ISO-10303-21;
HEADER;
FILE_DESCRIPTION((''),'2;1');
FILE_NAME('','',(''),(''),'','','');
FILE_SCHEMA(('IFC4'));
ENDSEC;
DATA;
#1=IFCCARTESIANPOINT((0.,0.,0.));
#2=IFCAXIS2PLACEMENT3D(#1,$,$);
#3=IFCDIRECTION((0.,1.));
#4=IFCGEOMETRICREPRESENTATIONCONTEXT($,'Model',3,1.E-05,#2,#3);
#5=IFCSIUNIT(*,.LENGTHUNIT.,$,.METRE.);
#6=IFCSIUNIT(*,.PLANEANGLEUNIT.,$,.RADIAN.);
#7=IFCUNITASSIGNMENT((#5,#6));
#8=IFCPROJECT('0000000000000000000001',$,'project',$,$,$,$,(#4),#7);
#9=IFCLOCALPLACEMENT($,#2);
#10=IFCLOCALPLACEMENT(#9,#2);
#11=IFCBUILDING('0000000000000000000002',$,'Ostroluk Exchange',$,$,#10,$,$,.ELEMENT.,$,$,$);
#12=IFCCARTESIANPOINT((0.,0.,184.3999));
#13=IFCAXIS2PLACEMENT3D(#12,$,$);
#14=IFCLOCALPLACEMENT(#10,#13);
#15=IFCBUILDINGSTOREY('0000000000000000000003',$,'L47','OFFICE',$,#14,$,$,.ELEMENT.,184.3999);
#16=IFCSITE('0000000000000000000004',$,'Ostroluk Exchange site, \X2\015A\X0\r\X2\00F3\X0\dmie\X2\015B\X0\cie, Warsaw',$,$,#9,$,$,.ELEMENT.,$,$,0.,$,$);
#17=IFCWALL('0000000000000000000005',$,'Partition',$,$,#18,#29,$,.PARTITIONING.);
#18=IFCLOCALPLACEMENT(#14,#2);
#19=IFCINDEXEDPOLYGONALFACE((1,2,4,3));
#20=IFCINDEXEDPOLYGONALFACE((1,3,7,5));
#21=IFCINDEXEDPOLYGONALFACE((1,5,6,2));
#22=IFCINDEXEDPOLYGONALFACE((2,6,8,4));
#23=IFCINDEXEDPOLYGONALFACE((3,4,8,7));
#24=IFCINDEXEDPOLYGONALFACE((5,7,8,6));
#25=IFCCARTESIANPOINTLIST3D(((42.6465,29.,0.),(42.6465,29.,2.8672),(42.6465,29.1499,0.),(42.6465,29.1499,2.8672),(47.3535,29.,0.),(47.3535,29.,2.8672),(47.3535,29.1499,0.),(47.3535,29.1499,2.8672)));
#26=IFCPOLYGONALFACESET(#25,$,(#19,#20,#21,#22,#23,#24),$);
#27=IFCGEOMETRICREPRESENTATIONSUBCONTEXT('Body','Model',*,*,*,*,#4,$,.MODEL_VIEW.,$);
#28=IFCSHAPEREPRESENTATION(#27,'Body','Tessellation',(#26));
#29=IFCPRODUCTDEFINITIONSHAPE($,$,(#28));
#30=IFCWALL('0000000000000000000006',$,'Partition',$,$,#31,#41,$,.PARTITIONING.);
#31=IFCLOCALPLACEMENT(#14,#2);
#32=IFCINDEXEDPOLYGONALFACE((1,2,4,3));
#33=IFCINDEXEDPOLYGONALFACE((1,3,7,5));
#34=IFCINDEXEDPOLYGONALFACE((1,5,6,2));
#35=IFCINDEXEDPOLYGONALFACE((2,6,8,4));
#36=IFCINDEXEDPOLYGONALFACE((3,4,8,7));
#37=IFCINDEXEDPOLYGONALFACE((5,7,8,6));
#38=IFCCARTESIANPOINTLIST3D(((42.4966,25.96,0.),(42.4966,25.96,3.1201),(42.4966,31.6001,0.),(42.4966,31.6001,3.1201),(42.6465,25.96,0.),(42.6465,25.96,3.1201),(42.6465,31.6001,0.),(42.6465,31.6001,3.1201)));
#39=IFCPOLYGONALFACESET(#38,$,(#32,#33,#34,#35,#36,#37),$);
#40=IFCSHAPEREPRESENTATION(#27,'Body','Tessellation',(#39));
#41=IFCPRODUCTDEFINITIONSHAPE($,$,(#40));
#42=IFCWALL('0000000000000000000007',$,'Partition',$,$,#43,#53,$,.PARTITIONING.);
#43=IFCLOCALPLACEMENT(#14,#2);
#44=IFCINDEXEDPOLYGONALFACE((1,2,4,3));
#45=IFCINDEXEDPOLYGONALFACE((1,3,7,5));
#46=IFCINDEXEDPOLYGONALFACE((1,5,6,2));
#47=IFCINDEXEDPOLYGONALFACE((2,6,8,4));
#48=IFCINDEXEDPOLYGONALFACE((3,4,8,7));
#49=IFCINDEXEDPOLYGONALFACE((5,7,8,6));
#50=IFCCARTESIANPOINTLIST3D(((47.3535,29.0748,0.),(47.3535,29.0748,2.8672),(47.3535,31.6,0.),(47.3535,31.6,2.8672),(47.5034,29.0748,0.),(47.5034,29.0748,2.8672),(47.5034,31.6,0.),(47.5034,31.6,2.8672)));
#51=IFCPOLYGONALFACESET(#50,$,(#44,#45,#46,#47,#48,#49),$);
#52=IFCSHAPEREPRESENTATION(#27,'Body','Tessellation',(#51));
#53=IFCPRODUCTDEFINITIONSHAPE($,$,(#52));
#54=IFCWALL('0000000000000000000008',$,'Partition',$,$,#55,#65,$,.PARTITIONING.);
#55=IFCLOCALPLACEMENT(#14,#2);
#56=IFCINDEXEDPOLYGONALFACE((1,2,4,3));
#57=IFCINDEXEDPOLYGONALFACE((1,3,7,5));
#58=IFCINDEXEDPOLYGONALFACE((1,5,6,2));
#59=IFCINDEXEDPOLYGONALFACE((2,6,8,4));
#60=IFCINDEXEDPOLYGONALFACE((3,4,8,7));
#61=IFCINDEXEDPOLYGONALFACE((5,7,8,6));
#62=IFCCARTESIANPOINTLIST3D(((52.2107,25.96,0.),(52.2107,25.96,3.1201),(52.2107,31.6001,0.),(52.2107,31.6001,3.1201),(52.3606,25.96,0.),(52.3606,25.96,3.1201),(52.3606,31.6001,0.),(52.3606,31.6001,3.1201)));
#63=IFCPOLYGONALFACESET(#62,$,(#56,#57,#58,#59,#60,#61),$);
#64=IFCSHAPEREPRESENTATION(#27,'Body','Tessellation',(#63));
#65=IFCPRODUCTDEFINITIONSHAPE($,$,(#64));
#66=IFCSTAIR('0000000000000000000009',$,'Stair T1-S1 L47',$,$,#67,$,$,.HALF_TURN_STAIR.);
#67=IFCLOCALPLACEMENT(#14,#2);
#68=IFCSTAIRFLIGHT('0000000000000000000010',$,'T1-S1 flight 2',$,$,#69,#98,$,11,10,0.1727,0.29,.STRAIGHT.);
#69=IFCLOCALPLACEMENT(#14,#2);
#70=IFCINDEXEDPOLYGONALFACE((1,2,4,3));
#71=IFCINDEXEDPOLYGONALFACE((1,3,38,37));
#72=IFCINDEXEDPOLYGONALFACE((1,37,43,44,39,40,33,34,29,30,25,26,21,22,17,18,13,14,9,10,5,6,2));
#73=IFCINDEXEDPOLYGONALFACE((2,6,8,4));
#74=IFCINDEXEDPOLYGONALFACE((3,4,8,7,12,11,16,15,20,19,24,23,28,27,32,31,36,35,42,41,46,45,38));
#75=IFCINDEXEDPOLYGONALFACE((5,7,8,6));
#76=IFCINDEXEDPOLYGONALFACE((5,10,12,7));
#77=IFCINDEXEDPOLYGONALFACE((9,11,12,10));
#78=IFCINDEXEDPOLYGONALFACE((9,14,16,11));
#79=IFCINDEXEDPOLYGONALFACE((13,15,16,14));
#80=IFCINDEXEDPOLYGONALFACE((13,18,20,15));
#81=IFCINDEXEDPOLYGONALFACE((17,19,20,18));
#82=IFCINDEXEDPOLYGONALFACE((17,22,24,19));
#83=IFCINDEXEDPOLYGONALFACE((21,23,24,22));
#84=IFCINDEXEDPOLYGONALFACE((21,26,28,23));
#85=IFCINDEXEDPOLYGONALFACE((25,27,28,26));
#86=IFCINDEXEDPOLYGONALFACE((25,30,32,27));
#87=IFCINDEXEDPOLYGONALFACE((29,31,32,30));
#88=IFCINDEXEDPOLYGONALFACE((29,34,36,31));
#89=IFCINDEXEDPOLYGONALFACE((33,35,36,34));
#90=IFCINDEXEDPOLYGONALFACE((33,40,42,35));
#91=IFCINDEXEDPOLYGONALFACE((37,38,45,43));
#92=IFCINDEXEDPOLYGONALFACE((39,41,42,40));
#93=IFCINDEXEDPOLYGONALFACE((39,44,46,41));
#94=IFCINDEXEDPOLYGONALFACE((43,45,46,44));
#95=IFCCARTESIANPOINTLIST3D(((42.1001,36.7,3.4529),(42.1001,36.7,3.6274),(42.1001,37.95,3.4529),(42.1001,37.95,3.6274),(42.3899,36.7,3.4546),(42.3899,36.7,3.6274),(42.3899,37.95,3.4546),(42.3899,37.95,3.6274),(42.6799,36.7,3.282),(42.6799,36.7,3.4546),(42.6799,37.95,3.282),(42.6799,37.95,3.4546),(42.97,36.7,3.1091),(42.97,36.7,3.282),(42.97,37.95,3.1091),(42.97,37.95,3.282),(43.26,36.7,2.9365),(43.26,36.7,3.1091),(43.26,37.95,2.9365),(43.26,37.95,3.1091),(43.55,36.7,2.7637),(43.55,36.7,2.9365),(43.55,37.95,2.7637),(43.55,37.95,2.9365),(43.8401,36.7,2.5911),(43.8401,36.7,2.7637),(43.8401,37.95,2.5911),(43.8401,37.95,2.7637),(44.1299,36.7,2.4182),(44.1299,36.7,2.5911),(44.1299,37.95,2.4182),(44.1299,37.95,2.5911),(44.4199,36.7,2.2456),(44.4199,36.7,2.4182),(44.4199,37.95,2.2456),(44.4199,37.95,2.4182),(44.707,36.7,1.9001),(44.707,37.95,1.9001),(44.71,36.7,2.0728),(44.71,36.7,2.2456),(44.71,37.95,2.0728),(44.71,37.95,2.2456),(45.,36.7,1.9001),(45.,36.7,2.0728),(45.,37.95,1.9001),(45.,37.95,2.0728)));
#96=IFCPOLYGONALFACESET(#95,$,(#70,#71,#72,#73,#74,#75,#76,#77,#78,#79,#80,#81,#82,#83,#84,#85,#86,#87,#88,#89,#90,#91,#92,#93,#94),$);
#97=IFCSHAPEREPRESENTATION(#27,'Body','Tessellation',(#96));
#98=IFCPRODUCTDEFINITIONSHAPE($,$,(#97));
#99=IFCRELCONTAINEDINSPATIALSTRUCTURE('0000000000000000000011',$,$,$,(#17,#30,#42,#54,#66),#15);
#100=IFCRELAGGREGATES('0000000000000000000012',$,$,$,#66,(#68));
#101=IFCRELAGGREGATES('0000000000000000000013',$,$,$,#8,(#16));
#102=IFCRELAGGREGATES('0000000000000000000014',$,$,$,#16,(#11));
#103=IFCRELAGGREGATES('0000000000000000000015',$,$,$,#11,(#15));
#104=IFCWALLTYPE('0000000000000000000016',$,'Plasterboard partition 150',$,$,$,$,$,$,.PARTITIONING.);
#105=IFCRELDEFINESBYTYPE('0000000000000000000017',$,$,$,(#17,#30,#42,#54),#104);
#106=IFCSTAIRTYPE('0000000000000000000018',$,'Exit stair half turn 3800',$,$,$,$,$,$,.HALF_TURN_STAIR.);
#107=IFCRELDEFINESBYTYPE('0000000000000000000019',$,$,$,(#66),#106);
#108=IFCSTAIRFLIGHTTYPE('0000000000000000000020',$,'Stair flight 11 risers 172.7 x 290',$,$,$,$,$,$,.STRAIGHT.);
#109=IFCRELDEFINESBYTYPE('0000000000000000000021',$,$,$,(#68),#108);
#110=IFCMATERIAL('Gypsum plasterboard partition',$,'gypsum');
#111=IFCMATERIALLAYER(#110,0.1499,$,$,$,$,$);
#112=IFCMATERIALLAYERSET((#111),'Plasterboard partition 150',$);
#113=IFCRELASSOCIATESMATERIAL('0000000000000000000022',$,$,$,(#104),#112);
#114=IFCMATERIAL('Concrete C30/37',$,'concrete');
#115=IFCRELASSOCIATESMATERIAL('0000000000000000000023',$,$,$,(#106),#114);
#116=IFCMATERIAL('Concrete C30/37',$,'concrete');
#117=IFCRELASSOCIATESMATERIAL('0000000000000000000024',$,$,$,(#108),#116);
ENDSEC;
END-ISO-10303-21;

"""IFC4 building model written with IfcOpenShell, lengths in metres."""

from ifc_helpers import new_model, si_unit, direction, frame, frame_2d, origin, place, context, subcontext, project, spatial, polyline, rectangle, outline, extrude, material, layer, layer_set, type_object, element, aggregate, save


model = new_model("IFC4")

# Units and contexts
model_context = context("Model", 3, precision=1e-05, world=origin(), true_north=direction((0.0, 1.0)))
body_context = subcontext(model_context, "Body", "Model", "MODEL_VIEW")
ifc_project = project(units=[si_unit("LENGTHUNIT", "METRE"), si_unit("PLANEANGLEUNIT", "RADIAN")], contexts=[model_context])

# Site, building, storey
site_placement = place(None, origin())
site = spatial("IfcSite", under=ifc_project, at=site_placement, Name="Ostroluk Exchange site, Śródmieście, Warsaw", CompositionType="ELEMENT", RefElevation=0.0)
building_placement = place(site_placement, origin())
building = spatial("IfcBuilding", under=site, at=building_placement, Name="Ostroluk Exchange", CompositionType="ELEMENT")
storey_placement = place(building_placement, frame((0.0, 0.0, 184.3999)))
storey = spatial("IfcBuildingStorey", under=building, at=storey_placement, Name="L47", Description="OFFICE", CompositionType="ELEMENT", Elevation=184.3999)

# Walls
ifc_material_1 = material(Name="Gypsum plasterboard partition", Category="gypsum")
ifc_layer_1 = layer(ifc_material_1, 0.1499)
ifc_layer_set_1 = layer_set([ifc_layer_1], Name="Plasterboard partition 150")
wall_type_1 = type_object("IfcWallType", Name="Plasterboard partition 150", PredefinedType="PARTITIONING", material=ifc_layer_set_1)
wall_1_placement = place(storey_placement, frame((42.6465, 29.075, 0.0), z_axis=(0.0, 0.0, 1.0), x_axis=(1.0, 0.0, 0.0)))
element("IfcWall", 1, at=wall_1_placement, inside=storey, type_object=wall_type_1, Name="Partition", PredefinedType="PARTITIONING", context=body_context, shape_type="SweptSolid", body=[
    extrude(rectangle(XDim=4.707, YDim=0.1499, at=frame_2d((2.3535, 0.0))), origin(), (0.0, 0.0, 1.0), 2.8672),
])
wall_2_placement = place(storey_placement, frame((42.5715, 31.6001, 0.0), z_axis=(0.0, 0.0, 1.0), x_axis=(0.0, -1.0, 0.0)))
element("IfcWall", 2, at=wall_2_placement, inside=storey, type_object=wall_type_1, Name="Partition", PredefinedType="PARTITIONING", context=body_context, shape_type="SweptSolid", body=[
    extrude(rectangle(XDim=5.6401, YDim=0.1499, at=frame_2d((2.8201, 0.0))), origin(), (0.0, 0.0, 1.0), 3.1201),
])
wall_3_placement = place(storey_placement, frame((47.4285, 31.6001, 0.0), z_axis=(0.0, 0.0, 1.0), x_axis=(0.0, -1.0, 0.0)))
element("IfcWall", 3, at=wall_3_placement, inside=storey, type_object=wall_type_1, Name="Partition", PredefinedType="PARTITIONING", context=body_context, shape_type="SweptSolid", body=[
    extrude(rectangle(XDim=2.5251, YDim=0.1499, at=frame_2d((1.2627, 0.0))), origin(), (0.0, 0.0, 1.0), 2.8672),
])
wall_4_placement = place(storey_placement, frame((52.2856, 31.6001, 0.0), z_axis=(0.0, 0.0, 1.0), x_axis=(0.0, -1.0, 0.0)))
element("IfcWall", 4, at=wall_4_placement, inside=storey, type_object=wall_type_1, Name="Partition", PredefinedType="PARTITIONING", context=body_context, shape_type="SweptSolid", body=[
    extrude(rectangle(XDim=5.6401, YDim=0.1499, at=frame_2d((2.8201, 0.0))), origin(), (0.0, 0.0, 1.0), 3.1201),
])

# Stair, stair flight
ifc_material_2 = material(Name="Concrete C30/37", Category="concrete")
stair_type = type_object("IfcStairType", Name="Exit stair half turn 3800", PredefinedType="HALF_TURN_STAIR", material=ifc_material_2)
stair_placement = place(storey_placement, origin())
stair = element("IfcStair", 5, at=stair_placement, inside=storey, type_object=stair_type, Name="Stair T1-S1 L47", PredefinedType="HALF_TURN_STAIR")
ifc_material_3 = material(Name="Concrete C30/37", Category="concrete")
stair_flight_type = type_object("IfcStairFlightType", Name="Stair flight 11 risers 172.7 x 290", PredefinedType="STRAIGHT", material=ifc_material_3)
stair_flight_placement = place(storey_placement, frame((45.0, 37.325, 1.9001), z_axis=(0.0, 0.0, 1.0), x_axis=(-1.0, 0.0, 0.0)))
stair_flight = element("IfcStairFlight", 6, at=stair_flight_placement, type_object=stair_flight_type, Name="T1-S1 flight 2", NumberOfRisers=11, NumberOfTreads=10, PredefinedType="STRAIGHT", RiserHeight=0.1727, TreadLength=0.29, context=body_context, shape_type="SweptSolid", body=[
    extrude(outline(polyline([(0.0, 0.0), (0.0, 0.1726), (0.29, 0.1726), (0.29, 0.3455), (0.5801, 0.3455), (0.5801, 0.5181), (0.8701, 0.5181), (0.8701, 0.6909), (1.1599, 0.6909), (1.1599, 0.8635), (1.45, 0.8635), (1.45, 1.0364), (1.74, 1.0364), (1.74, 1.209), (2.03, 1.209), (2.03, 1.3818), (2.3201, 1.3818), (2.3201, 1.5544), (2.6101, 1.5544), (2.6101, 1.7273), (2.8999, 1.7273), (2.8999, 1.8999), (2.8999, 1.5527), (0.293, 0.0), (0.0, 0.0)])), frame((0.0, 0.625, 0.0), z_axis=(0.0, -1.0, 0.0), x_axis=(1.0, 0.0, 0.0)), (0.0, 0.0, 1.0), 1.25),
])
aggregate(stair, [stair_flight])

save(model, "model.ifc")
